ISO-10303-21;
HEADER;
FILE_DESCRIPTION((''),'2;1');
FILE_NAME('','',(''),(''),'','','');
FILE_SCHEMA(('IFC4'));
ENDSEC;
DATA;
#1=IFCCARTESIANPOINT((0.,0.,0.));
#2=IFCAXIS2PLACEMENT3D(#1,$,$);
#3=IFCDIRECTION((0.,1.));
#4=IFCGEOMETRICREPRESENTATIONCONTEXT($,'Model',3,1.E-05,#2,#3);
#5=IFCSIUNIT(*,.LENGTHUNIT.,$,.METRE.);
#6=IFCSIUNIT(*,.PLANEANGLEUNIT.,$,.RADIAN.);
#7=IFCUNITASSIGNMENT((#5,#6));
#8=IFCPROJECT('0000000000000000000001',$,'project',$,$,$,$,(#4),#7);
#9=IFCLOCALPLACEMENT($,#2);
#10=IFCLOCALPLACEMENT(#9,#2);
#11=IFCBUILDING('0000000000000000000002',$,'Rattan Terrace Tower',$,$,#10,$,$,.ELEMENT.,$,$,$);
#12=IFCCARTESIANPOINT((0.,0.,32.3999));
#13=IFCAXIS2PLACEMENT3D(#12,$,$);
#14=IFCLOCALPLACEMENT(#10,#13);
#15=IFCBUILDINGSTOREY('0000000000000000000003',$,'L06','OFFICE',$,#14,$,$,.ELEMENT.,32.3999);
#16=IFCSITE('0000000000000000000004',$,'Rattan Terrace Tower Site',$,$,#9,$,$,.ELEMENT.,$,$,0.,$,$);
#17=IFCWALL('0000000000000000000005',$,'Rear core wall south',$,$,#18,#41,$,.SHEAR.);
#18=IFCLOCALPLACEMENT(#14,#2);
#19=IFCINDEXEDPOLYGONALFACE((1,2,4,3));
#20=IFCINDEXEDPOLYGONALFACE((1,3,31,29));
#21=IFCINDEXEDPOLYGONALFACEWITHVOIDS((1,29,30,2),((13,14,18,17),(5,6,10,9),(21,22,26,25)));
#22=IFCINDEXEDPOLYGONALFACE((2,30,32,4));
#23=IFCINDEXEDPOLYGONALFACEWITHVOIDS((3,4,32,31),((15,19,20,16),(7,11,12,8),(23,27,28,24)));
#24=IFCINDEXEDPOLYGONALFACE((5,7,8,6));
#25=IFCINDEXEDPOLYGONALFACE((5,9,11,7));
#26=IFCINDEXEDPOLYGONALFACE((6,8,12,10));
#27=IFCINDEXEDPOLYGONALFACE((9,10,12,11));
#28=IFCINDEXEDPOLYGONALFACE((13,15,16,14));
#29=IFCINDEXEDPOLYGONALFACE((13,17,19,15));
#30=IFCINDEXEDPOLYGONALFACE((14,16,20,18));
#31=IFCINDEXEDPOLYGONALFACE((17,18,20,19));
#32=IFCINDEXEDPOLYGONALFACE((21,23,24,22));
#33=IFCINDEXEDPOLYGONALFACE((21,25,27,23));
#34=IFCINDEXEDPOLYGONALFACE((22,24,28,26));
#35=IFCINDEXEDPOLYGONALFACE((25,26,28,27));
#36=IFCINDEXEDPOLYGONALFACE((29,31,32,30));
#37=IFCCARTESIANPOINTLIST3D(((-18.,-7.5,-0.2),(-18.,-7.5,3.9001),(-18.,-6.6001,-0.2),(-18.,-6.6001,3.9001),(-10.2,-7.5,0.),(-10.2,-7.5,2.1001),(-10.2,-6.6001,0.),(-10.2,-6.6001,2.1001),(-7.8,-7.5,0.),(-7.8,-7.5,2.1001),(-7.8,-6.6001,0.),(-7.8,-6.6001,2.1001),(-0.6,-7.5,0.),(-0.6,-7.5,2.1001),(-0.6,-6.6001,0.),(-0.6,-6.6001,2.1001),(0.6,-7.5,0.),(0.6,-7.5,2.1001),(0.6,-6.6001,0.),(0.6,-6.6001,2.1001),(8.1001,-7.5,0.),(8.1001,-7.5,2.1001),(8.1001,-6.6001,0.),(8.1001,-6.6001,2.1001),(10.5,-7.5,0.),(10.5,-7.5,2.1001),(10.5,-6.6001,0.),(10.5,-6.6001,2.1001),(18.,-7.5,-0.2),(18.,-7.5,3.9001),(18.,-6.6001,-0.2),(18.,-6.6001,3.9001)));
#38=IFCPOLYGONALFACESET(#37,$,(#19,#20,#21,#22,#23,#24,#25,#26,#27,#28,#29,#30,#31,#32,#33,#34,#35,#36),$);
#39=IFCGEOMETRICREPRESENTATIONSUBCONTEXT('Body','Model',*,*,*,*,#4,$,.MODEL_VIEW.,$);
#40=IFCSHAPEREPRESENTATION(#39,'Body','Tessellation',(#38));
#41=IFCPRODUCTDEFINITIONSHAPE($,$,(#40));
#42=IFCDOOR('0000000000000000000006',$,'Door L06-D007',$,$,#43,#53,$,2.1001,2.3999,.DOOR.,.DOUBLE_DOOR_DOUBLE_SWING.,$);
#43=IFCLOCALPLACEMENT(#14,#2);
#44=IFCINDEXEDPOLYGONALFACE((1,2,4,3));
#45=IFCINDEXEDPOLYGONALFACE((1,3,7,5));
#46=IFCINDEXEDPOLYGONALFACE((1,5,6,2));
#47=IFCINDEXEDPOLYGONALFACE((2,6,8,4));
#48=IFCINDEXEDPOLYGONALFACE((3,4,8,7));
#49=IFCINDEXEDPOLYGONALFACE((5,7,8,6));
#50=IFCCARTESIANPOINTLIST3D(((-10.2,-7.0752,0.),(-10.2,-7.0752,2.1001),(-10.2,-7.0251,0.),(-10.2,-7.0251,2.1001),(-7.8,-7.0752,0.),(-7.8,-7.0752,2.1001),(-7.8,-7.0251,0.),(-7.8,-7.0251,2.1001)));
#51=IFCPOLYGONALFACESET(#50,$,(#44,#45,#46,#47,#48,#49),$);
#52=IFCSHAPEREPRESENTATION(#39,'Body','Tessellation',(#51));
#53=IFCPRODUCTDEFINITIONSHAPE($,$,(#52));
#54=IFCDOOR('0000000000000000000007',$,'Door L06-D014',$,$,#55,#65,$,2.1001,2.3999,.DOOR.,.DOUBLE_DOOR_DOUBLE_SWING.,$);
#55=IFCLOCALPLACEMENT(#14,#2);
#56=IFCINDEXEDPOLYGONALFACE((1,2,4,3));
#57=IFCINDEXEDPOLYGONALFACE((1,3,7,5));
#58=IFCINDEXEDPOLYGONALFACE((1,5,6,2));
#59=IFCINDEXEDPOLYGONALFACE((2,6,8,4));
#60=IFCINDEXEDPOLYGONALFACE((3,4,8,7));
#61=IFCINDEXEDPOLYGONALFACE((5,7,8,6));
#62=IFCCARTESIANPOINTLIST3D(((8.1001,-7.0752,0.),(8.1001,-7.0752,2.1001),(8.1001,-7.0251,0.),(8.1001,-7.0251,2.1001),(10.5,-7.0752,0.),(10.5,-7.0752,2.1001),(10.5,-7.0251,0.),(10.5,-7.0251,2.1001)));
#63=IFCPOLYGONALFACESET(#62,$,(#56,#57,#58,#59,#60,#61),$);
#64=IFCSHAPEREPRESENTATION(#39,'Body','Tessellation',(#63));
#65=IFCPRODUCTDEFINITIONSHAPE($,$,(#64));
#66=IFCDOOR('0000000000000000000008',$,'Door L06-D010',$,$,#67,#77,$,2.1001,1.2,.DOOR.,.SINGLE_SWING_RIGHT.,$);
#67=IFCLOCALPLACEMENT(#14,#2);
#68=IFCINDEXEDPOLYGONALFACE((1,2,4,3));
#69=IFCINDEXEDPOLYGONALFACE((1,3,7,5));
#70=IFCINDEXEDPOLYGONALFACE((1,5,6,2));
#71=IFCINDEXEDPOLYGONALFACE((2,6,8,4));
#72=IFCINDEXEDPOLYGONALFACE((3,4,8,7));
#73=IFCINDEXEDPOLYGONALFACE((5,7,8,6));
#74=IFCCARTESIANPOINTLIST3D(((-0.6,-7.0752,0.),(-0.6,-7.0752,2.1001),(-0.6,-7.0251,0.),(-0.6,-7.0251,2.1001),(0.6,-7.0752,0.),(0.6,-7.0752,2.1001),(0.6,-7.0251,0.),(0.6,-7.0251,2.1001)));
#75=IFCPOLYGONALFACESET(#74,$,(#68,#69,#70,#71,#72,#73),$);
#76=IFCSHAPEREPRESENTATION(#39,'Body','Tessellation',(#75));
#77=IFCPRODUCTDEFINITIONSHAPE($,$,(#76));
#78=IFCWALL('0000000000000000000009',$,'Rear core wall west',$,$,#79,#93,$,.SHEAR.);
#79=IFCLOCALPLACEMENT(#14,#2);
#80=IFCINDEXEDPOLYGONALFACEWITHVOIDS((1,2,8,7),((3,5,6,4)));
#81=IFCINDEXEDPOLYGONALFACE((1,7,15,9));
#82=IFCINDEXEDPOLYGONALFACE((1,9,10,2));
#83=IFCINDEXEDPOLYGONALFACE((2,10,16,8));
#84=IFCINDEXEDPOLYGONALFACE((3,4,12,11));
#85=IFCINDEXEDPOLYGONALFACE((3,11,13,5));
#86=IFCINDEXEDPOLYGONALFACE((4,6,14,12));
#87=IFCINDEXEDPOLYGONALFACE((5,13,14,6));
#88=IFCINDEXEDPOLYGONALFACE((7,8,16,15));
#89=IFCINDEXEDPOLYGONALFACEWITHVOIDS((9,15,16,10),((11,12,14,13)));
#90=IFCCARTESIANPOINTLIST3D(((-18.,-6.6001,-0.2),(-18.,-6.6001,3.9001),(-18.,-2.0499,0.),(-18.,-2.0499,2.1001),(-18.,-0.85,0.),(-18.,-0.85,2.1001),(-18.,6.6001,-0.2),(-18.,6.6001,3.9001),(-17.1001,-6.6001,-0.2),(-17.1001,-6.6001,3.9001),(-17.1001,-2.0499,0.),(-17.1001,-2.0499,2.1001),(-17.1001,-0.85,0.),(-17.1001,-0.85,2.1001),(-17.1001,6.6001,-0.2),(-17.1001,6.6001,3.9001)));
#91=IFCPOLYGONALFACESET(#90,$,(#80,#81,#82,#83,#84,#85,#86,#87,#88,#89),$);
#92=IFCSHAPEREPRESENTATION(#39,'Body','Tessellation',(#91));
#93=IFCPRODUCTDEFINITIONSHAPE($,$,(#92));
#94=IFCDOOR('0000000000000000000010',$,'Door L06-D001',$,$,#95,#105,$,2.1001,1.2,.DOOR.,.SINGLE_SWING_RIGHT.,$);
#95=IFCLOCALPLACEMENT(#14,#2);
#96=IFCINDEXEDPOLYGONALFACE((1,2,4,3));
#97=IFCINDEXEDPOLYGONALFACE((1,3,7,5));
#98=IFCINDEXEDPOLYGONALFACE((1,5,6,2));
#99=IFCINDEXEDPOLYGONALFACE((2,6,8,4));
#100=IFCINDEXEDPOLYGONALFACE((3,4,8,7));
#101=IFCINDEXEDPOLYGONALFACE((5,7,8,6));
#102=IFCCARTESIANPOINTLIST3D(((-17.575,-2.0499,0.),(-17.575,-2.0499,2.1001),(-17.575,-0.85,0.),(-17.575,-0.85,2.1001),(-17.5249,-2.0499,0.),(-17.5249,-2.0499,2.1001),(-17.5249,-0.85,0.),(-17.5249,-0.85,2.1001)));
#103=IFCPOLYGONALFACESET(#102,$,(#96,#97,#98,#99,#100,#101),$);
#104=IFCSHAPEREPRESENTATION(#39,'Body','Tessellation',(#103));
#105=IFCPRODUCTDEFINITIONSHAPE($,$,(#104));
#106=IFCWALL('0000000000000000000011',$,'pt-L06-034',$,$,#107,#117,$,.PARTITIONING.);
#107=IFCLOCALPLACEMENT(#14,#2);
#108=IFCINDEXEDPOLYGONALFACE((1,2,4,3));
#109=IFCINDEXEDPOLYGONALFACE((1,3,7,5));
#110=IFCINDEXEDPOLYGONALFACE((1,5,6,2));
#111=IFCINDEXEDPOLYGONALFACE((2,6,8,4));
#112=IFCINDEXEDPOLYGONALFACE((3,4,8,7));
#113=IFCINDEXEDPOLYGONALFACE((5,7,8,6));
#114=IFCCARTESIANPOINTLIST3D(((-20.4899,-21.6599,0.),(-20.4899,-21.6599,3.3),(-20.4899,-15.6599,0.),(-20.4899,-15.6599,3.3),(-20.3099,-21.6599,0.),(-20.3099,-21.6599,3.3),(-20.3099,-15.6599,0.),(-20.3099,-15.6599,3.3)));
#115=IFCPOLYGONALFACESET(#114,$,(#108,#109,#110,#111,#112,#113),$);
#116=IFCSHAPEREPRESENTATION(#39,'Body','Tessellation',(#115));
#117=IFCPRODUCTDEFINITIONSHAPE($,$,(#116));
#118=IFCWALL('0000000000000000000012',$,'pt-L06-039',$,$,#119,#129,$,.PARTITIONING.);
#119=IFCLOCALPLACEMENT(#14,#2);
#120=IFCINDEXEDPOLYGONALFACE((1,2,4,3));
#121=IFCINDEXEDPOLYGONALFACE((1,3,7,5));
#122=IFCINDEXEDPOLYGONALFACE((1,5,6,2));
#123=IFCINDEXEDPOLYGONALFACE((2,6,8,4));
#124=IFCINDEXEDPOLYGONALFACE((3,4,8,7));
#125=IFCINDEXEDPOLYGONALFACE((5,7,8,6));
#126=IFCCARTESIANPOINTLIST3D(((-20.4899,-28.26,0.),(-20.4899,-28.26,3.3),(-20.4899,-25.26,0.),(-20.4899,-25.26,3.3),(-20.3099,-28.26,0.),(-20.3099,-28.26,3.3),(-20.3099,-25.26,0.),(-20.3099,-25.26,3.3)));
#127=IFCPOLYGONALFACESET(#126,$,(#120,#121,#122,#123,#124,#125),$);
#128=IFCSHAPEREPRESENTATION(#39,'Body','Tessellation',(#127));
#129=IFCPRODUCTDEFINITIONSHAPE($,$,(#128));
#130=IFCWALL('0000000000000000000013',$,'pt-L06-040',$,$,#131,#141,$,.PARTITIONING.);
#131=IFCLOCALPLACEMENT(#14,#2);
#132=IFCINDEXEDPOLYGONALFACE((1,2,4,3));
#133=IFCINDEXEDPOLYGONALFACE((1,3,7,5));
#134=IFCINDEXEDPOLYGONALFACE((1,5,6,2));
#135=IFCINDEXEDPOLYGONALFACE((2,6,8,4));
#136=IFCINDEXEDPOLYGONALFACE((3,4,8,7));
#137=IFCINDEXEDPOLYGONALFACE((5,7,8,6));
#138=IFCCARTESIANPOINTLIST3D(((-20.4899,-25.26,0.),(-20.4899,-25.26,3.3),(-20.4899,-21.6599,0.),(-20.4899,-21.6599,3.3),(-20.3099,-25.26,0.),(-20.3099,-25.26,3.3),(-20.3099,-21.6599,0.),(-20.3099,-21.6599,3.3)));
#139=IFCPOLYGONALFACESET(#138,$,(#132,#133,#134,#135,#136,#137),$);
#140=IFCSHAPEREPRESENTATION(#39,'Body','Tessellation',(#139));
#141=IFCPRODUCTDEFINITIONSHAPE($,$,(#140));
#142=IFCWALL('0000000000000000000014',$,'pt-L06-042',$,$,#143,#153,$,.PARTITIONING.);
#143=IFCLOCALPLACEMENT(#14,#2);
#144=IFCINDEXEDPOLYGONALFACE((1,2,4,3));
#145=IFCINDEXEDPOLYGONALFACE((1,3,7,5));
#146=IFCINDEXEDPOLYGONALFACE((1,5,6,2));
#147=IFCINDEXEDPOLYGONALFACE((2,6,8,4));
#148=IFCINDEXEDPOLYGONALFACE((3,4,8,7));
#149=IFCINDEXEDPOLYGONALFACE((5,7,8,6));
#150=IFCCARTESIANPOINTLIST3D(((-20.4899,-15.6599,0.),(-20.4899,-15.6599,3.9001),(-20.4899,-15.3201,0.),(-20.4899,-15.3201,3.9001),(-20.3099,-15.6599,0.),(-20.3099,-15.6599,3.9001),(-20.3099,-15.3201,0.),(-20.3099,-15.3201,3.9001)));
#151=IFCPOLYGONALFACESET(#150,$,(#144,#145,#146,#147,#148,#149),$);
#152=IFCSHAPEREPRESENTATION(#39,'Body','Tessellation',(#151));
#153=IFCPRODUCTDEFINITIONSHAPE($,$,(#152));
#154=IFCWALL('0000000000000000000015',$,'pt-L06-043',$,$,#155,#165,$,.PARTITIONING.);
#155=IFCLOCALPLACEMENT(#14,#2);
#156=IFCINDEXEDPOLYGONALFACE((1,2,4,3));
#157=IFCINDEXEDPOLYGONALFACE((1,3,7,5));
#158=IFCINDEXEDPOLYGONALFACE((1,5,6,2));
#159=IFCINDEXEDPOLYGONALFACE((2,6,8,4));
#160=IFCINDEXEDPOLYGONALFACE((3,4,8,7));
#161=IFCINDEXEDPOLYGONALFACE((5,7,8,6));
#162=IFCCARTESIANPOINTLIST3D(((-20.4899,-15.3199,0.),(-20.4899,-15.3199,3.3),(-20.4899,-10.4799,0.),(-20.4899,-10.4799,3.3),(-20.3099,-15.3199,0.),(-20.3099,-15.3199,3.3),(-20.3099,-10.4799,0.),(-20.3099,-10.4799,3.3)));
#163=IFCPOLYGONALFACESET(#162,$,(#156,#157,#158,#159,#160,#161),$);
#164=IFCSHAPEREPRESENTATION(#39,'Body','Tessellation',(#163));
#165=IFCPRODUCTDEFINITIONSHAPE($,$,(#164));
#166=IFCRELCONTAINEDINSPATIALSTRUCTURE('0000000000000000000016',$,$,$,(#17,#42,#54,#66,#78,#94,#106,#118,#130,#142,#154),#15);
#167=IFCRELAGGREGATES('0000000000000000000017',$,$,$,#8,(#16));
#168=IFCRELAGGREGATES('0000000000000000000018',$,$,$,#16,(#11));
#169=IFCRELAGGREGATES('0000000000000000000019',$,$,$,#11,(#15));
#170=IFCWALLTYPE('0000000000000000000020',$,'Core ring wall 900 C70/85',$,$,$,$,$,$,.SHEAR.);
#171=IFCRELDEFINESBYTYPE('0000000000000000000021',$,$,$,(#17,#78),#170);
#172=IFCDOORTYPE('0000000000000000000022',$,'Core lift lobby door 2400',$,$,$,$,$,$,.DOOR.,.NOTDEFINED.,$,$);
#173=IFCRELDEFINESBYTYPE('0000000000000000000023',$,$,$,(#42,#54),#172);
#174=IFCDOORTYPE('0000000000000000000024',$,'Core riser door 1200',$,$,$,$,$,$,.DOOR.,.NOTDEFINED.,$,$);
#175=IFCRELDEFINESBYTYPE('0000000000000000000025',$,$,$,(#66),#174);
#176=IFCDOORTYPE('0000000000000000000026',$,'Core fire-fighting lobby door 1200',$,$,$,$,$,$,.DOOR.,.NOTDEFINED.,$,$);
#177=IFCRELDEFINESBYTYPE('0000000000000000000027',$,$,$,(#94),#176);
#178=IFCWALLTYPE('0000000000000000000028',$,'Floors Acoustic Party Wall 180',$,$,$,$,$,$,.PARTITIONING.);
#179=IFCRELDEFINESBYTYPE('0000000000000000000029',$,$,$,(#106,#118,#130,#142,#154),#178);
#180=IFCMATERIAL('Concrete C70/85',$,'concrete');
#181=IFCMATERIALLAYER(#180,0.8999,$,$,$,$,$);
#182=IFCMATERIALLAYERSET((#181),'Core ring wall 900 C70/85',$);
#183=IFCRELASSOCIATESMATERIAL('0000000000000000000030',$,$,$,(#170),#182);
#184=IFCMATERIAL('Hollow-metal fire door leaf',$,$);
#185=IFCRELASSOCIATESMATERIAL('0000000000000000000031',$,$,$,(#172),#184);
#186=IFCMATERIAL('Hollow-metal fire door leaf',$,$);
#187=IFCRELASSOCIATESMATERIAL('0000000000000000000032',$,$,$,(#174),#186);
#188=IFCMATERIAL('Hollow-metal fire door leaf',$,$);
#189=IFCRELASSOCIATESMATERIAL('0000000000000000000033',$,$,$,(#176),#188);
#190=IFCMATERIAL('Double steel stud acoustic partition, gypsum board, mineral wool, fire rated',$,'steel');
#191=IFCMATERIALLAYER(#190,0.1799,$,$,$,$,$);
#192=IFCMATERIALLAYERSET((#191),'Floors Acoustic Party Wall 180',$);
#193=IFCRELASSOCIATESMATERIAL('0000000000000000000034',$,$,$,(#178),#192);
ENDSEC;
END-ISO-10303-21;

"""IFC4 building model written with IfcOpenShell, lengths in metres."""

from ifc_helpers import new_model, si_unit, direction, frame, frame_2d, origin, place, context, subcontext, project, spatial, rectangle, extrude, material, layer, layer_set, type_object, element, fill, save


model = new_model("IFC4")

# Units and contexts
model_context = context("Model", 3, precision=1e-05, world=origin(), true_north=direction((0.0, 1.0)))
body_context = subcontext(model_context, "Body", "Model", "MODEL_VIEW")
ifc_project = project(units=[si_unit("LENGTHUNIT", "METRE"), si_unit("PLANEANGLEUNIT", "RADIAN")], contexts=[model_context])

# Site, building, storey
site_placement = place(None, origin())
site = spatial("IfcSite", under=ifc_project, at=site_placement, Name="Rattan Terrace Tower Site", CompositionType="ELEMENT", RefElevation=0.0)
building_placement = place(site_placement, origin())
building = spatial("IfcBuilding", under=site, at=building_placement, Name="Rattan Terrace Tower", CompositionType="ELEMENT")
storey_placement = place(building_placement, frame((0.0, 0.0, 32.3999)))
storey = spatial("IfcBuildingStorey", under=building, at=storey_placement, Name="L06", Description="OFFICE", CompositionType="ELEMENT", Elevation=32.3999)

# Wall, openings, doors
ifc_material_1 = material(Name="Concrete C70/85", Category="concrete")
ifc_layer_1 = layer(ifc_material_1, 0.8999)
ifc_layer_set_1 = layer_set([ifc_layer_1], Name="Core ring wall 900 C70/85")
wall_type_1 = type_object("IfcWallType", Name="Core ring wall 900 C70/85", PredefinedType="SHEAR", material=ifc_layer_set_1)
wall_1_placement = place(storey_placement, frame((-18.0, -7.05, -0.2), z_axis=(0.0, 0.0, 1.0), x_axis=(1.0, 0.0, 0.0)))
wall_1 = element("IfcWall", 1, at=wall_1_placement, inside=storey, type_object=wall_type_1, Name="Rear core wall south", PredefinedType="SHEAR", context=body_context, shape_type="SweptSolid", body=[
    extrude(rectangle(XDim=36.0, YDim=0.8999, at=frame_2d((18.0, 0.0))), origin(), (0.0, 0.0, 1.0), 4.1001),
])
opening_1_placement = place(wall_1_placement, frame((7.8, 0.0, 0.2)))
opening_1 = element("IfcOpeningElement", 2, at=opening_1_placement, cuts=wall_1, PredefinedType="OPENING", context=body_context, shape_type="SweptSolid", body=[
    extrude(rectangle(XDim=2.3999, YDim=2.1001, at=frame_2d((1.2, 1.05))), frame((0.0, 0.4604, 0.0), z_axis=(0.0, -1.0, 0.0), x_axis=(1.0, 0.0, 0.0)), (0.0, 0.0, 1.0), 0.9209),
])
opening_2_placement = place(wall_1_placement, frame((17.3999, 0.0, 0.2)))
opening_2 = element("IfcOpeningElement", 3, at=opening_2_placement, cuts=wall_1, PredefinedType="OPENING", context=body_context, shape_type="SweptSolid", body=[
    extrude(rectangle(XDim=1.2, YDim=2.1001, at=frame_2d((0.6001, 1.05))), frame((0.0, 0.4604, 0.0), z_axis=(0.0, -1.0, 0.0), x_axis=(1.0, 0.0, 0.0)), (0.0, 0.0, 1.0), 0.9209),
])
opening_3_placement = place(wall_1_placement, frame((26.1001, 0.0, 0.2)))
opening_3 = element("IfcOpeningElement", 4, at=opening_3_placement, cuts=wall_1, PredefinedType="OPENING", context=body_context, shape_type="SweptSolid", body=[
    extrude(rectangle(XDim=2.3999, YDim=2.1001, at=frame_2d((1.2, 1.05))), frame((0.0, 0.4604, 0.0), z_axis=(0.0, -1.0, 0.0), x_axis=(1.0, 0.0, 0.0)), (0.0, 0.0, 1.0), 0.9209),
])
ifc_material_2 = material(Name="Hollow-metal fire door leaf")
door_type_1 = type_object("IfcDoorType", Name="Core lift lobby door 2400", OperationType="NOTDEFINED", PredefinedType="DOOR", material=ifc_material_2)
door_1_placement = place(opening_1_placement, origin())
door_1 = element("IfcDoor", 5, at=door_1_placement, inside=storey, type_object=door_type_1, Name="Door L06-D007", OperationType="DOUBLE_DOOR_DOUBLE_SWING", OverallHeight=2.1001, OverallWidth=2.3999, PredefinedType="DOOR", context=body_context, shape_type="SweptSolid", body=[
    extrude(rectangle(XDim=2.3999, YDim=2.1001, at=frame_2d((1.2, 1.05))), frame((0.0, 0.0249, 0.0), z_axis=(0.0, -1.0, 0.0), x_axis=(1.0, 0.0, 0.0)), (0.0, 0.0, 1.0), 0.05),
])
fill(opening_1, door_1)
door_2_placement = place(opening_3_placement, origin())
door_2 = element("IfcDoor", 6, at=door_2_placement, inside=storey, type_object=door_type_1, Name="Door L06-D014", OperationType="DOUBLE_DOOR_DOUBLE_SWING", OverallHeight=2.1001, OverallWidth=2.3999, PredefinedType="DOOR", context=body_context, shape_type="SweptSolid", body=[
    extrude(rectangle(XDim=2.3999, YDim=2.1001, at=frame_2d((1.2, 1.05))), frame((0.0, 0.0249, 0.0), z_axis=(0.0, -1.0, 0.0), x_axis=(1.0, 0.0, 0.0)), (0.0, 0.0, 1.0), 0.05),
])
fill(opening_3, door_2)
ifc_material_3 = material(Name="Hollow-metal fire door leaf")
door_type_2 = type_object("IfcDoorType", Name="Core riser door 1200", OperationType="NOTDEFINED", PredefinedType="DOOR", material=ifc_material_3)
door_3_placement = place(opening_2_placement, origin())
door_3 = element("IfcDoor", 7, at=door_3_placement, inside=storey, type_object=door_type_2, Name="Door L06-D010", OperationType="SINGLE_SWING_RIGHT", OverallHeight=2.1001, OverallWidth=1.2, PredefinedType="DOOR", context=body_context, shape_type="SweptSolid", body=[
    extrude(rectangle(XDim=1.2, YDim=2.1001, at=frame_2d((0.6001, 1.05))), frame((0.0, 0.0249, 0.0), z_axis=(0.0, -1.0, 0.0), x_axis=(1.0, 0.0, 0.0)), (0.0, 0.0, 1.0), 0.05),
])
fill(opening_2, door_3)

# Wall, opening, door
wall_2_placement = place(storey_placement, frame((-17.55, -6.6001, -0.2), z_axis=(0.0, 0.0, 1.0), x_axis=(0.0, 1.0, 0.0)))
wall_2 = element("IfcWall", 8, at=wall_2_placement, inside=storey, type_object=wall_type_1, Name="Rear core wall west", PredefinedType="SHEAR", context=body_context, shape_type="SweptSolid", body=[
    extrude(rectangle(XDim=13.2002, YDim=0.8999, at=frame_2d((6.6001, 0.0))), origin(), (0.0, 0.0, 1.0), 4.1001),
])
opening_4_placement = place(wall_2_placement, frame((4.55, 0.0, 0.2)))
opening_4 = element("IfcOpeningElement", 9, at=opening_4_placement, cuts=wall_2, PredefinedType="OPENING", context=body_context, shape_type="SweptSolid", body=[
    extrude(rectangle(XDim=1.2, YDim=2.1001, at=frame_2d((0.6001, 1.05))), frame((0.0, 0.4604, 0.0), z_axis=(0.0, -1.0, 0.0), x_axis=(1.0, 0.0, 0.0)), (0.0, 0.0, 1.0), 0.9209),
])
ifc_material_4 = material(Name="Hollow-metal fire door leaf")
door_type_3 = type_object("IfcDoorType", Name="Core fire-fighting lobby door 1200", OperationType="NOTDEFINED", PredefinedType="DOOR", material=ifc_material_4)
door_4_placement = place(opening_4_placement, origin())
door_4 = element("IfcDoor", 10, at=door_4_placement, inside=storey, type_object=door_type_3, Name="Door L06-D001", OperationType="SINGLE_SWING_RIGHT", OverallHeight=2.1001, OverallWidth=1.2, PredefinedType="DOOR", context=body_context, shape_type="SweptSolid", body=[
    extrude(rectangle(XDim=1.2, YDim=2.1001, at=frame_2d((0.6001, 1.05))), frame((0.0, 0.0249, 0.0), z_axis=(0.0, -1.0, 0.0), x_axis=(1.0, 0.0, 0.0)), (0.0, 0.0, 1.0), 0.05),
])
fill(opening_4, door_4)

# Walls
ifc_material_5 = material(Name="Double steel stud acoustic partition, gypsum board, mineral wool, fire rated", Category="steel")
ifc_layer_2 = layer(ifc_material_5, 0.1799)
ifc_layer_set_2 = layer_set([ifc_layer_2], Name="Floors Acoustic Party Wall 180")
wall_type_2 = type_object("IfcWallType", Name="Floors Acoustic Party Wall 180", PredefinedType="PARTITIONING", material=ifc_layer_set_2)
wall_3_placement = place(storey_placement, frame((-20.3999, -15.6599, 0.0), z_axis=(0.0, 0.0, 1.0), x_axis=(0.0, -1.0, 0.0)))
element("IfcWall", 11, at=wall_3_placement, inside=storey, type_object=wall_type_2, Name="pt-L06-034", PredefinedType="PARTITIONING", context=body_context, shape_type="SweptSolid", body=[
    extrude(rectangle(XDim=6.0, YDim=0.1799, at=frame_2d((3.0, 0.0))), origin(), (0.0, 0.0, 1.0), 3.3),
])
wall_4_placement = place(storey_placement, frame((-20.3999, -25.26, 0.0), z_axis=(0.0, 0.0, 1.0), x_axis=(0.0, -1.0, 0.0)))
element("IfcWall", 12, at=wall_4_placement, inside=storey, type_object=wall_type_2, Name="pt-L06-039", PredefinedType="PARTITIONING", context=body_context, shape_type="SweptSolid", body=[
    extrude(rectangle(XDim=3.0, YDim=0.1799, at=frame_2d((1.5, 0.0))), origin(), (0.0, 0.0, 1.0), 3.3),
])
wall_5_placement = place(storey_placement, frame((-20.3999, -21.6599, 0.0), z_axis=(0.0, 0.0, 1.0), x_axis=(0.0, -1.0, 0.0)))
element("IfcWall", 13, at=wall_5_placement, inside=storey, type_object=wall_type_2, Name="pt-L06-040", PredefinedType="PARTITIONING", context=body_context, shape_type="SweptSolid", body=[
    extrude(rectangle(XDim=3.6001, YDim=0.1799, at=frame_2d((1.8, 0.0))), origin(), (0.0, 0.0, 1.0), 3.3),
])
wall_6_placement = place(storey_placement, frame((-20.3999, -15.3201, 0.0), z_axis=(0.0, 0.0, 1.0), x_axis=(0.0, -1.0, 0.0)))
element("IfcWall", 14, at=wall_6_placement, inside=storey, type_object=wall_type_2, Name="pt-L06-042", PredefinedType="PARTITIONING", context=body_context, shape_type="SweptSolid", body=[
    extrude(rectangle(XDim=0.3398, YDim=0.1799, at=frame_2d((0.1699, 0.0))), origin(), (0.0, 0.0, 1.0), 3.9001),
])
wall_7_placement = place(storey_placement, frame((-20.3999, -10.48, 0.0), z_axis=(0.0, 0.0, 1.0), x_axis=(0.0, -1.0, 0.0)))
element("IfcWall", 15, at=wall_7_placement, inside=storey, type_object=wall_type_2, Name="pt-L06-043", PredefinedType="PARTITIONING", context=body_context, shape_type="SweptSolid", body=[
    extrude(rectangle(XDim=4.8401, YDim=0.1799, at=frame_2d((2.4199, 0.0))), origin(), (0.0, 0.0, 1.0), 3.3),
])

save(model, "model.ifc")
